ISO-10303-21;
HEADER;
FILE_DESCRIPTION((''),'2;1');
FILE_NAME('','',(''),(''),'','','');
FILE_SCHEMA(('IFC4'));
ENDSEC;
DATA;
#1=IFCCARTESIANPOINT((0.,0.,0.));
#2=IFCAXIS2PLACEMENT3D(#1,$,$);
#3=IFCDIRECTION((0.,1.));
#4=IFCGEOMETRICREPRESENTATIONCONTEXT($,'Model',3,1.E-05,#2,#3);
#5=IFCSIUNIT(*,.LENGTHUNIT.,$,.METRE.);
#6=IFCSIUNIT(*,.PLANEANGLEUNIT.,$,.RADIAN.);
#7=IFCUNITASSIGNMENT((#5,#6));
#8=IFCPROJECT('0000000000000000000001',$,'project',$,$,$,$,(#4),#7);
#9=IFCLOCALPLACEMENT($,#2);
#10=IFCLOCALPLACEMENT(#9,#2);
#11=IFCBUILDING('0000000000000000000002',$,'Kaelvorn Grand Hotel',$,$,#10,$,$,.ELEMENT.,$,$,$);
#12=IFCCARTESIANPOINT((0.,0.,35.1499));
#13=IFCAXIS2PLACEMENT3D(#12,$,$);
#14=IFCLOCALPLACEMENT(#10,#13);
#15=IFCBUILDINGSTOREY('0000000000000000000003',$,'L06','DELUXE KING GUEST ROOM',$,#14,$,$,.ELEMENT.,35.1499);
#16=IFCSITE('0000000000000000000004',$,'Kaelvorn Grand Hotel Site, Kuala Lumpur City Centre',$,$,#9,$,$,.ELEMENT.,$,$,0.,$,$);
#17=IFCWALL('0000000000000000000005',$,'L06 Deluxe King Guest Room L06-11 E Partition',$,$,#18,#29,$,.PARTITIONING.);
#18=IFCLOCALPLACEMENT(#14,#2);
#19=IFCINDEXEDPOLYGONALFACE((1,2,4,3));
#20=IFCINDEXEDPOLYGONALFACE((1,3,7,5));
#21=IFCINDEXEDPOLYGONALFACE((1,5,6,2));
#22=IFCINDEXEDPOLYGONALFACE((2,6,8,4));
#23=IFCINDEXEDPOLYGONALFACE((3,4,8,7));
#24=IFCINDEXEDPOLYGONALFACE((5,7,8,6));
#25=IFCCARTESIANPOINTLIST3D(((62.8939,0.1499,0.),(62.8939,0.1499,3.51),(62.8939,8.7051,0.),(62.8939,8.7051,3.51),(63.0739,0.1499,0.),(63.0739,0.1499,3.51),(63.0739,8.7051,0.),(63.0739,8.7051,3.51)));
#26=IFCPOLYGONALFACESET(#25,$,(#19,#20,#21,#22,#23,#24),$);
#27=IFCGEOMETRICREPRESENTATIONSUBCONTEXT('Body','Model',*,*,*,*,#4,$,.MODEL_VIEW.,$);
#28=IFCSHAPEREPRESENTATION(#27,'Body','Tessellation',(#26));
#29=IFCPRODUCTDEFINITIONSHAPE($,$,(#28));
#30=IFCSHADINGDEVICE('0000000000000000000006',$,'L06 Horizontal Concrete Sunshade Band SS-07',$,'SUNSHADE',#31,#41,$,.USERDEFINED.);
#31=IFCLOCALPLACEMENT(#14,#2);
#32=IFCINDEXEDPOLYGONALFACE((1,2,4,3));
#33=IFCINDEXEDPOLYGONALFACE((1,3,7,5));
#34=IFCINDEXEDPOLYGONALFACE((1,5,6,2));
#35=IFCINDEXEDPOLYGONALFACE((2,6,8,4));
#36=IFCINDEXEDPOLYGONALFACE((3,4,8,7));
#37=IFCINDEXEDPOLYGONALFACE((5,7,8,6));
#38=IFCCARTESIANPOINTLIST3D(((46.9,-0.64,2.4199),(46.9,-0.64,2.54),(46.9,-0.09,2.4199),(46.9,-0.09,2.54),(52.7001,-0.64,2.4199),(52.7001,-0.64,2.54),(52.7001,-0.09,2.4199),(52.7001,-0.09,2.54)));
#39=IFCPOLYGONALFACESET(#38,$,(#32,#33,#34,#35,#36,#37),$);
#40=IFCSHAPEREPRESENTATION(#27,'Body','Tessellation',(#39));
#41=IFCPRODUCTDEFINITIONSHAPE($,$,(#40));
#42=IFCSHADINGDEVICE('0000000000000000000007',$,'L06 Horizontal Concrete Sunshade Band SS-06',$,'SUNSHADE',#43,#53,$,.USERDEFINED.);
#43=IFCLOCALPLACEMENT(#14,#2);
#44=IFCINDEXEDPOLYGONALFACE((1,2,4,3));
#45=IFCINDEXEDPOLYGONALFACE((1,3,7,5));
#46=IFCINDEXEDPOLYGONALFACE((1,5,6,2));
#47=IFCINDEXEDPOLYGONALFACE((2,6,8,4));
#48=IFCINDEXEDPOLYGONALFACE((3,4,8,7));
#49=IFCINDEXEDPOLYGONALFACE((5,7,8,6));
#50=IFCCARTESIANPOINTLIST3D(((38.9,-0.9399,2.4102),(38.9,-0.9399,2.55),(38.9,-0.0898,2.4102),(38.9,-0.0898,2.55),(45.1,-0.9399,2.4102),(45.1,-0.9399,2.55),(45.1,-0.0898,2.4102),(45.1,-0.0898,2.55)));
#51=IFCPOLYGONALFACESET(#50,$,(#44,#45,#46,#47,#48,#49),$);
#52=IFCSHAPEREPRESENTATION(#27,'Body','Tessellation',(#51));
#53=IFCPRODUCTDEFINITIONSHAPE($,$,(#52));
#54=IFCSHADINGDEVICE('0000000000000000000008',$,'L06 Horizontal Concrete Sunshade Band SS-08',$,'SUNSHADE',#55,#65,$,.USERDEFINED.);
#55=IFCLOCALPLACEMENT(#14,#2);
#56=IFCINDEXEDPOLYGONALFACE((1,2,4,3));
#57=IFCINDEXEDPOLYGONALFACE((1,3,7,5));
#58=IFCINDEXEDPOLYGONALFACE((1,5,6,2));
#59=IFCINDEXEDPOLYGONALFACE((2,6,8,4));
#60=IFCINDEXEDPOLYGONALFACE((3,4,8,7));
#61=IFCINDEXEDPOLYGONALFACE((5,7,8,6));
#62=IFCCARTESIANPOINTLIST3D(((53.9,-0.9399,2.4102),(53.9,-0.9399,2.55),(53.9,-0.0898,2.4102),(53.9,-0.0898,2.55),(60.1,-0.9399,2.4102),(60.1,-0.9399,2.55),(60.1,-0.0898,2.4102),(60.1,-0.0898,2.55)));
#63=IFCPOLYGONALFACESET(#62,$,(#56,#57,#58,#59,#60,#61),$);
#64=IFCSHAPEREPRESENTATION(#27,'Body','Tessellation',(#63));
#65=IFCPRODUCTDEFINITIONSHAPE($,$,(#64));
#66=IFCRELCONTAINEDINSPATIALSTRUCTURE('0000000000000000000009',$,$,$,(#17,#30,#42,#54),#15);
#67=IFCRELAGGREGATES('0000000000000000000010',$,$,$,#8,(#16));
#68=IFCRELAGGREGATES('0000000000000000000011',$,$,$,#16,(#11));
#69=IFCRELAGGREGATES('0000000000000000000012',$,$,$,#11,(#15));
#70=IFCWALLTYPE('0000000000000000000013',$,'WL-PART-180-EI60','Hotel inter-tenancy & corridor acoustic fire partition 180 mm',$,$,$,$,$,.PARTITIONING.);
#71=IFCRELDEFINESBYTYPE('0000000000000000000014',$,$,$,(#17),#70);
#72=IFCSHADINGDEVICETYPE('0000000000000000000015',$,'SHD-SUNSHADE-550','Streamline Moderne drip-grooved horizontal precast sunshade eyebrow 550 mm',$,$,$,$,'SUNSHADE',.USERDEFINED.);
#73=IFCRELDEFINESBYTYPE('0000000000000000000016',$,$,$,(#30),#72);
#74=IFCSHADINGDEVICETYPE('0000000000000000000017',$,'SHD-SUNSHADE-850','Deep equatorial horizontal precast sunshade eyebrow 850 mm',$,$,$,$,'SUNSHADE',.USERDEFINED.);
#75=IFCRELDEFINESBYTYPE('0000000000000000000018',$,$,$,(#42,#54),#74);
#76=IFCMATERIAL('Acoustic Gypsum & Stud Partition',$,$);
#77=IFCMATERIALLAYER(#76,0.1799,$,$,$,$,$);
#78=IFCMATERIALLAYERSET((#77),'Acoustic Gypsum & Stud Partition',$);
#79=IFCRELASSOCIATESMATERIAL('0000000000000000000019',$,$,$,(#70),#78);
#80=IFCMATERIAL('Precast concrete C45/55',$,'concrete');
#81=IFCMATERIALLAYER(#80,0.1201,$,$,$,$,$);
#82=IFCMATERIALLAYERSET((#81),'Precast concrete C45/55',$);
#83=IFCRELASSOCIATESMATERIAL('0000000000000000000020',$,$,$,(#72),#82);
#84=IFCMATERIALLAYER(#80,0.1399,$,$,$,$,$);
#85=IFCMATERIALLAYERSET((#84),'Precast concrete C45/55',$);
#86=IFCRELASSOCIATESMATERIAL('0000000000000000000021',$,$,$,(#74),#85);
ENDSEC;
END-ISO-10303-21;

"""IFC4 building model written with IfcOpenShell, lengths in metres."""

from ifc_helpers import new_model, si_unit, direction, frame, frame_2d, origin, origin_2d, place, context, subcontext, project, spatial, rectangle, extrude, material, layer, layer_set, type_object, element, save


model = new_model("IFC4")

# Units and contexts
model_context = context("Model", 3, precision=1e-05, world=origin(), true_north=direction((0.0, 1.0)))
body_context = subcontext(model_context, "Body", "Model", "MODEL_VIEW")
ifc_project = project(units=[si_unit("LENGTHUNIT", "METRE"), si_unit("PLANEANGLEUNIT", "RADIAN")], contexts=[model_context])

# Site, building, storey
site_placement = place(None, origin())
site = spatial("IfcSite", under=ifc_project, at=site_placement, Name="Kaelvorn Grand Hotel Site, Kuala Lumpur City Centre", CompositionType="ELEMENT", RefElevation=0.0)
building_placement = place(site_placement, origin())
building = spatial("IfcBuilding", under=site, at=building_placement, Name="Kaelvorn Grand Hotel", CompositionType="ELEMENT")
storey_placement = place(building_placement, frame((0.0, 0.0, 35.1499)))
storey = spatial("IfcBuildingStorey", under=building, at=storey_placement, Name="L06", Description="DELUXE KING GUEST ROOM", CompositionType="ELEMENT", Elevation=35.1499)

# Wall
ifc_material_1 = material(Name="Acoustic Gypsum & Stud Partition")
ifc_layer_1 = layer(ifc_material_1, 0.1799)
ifc_layer_set_1 = layer_set([ifc_layer_1], Name="Acoustic Gypsum & Stud Partition")
wall_type_1 = type_object("IfcWallType", Name="WL-PART-180-EI60", Description="Hotel inter-tenancy & corridor acoustic fire partition 180 mm", PredefinedType="PARTITIONING", material=ifc_layer_set_1)
for number, where, z_axis, x_axis, name in (
    (1, (62.9839, 0.1499, 0.0), (0.0, 0.0, 1.0), (0.0, 1.0, 0.0), "L06 Deluxe King Guest Room L06-11 E Partition"),
):
    element("IfcWall", number, at=place(storey_placement, frame(where, z_axis=z_axis, x_axis=x_axis)), inside=storey, type_object=wall_type_1, Name=name, PredefinedType="PARTITIONING", context=body_context, shape_type="SweptSolid", body=[
        extrude(rectangle(XDim=8.5552, YDim=0.1799, at=frame_2d((4.2776, 0.0))), origin(), (0.0, 0.0, 1.0), 3.51),
    ])

# Shading devices
ifc_material_2 = material(Name="Precast concrete C45/55", Category="concrete")
ifc_layer_2 = layer(ifc_material_2, 0.1201)
ifc_layer_set_2 = layer_set([ifc_layer_2], Name="Precast concrete C45/55")
shading_device_type_1 = type_object("IfcShadingDeviceType", Name="SHD-SUNSHADE-550", Description="Streamline Moderne drip-grooved horizontal precast sunshade eyebrow 550 mm", ElementType="SUNSHADE", PredefinedType="USERDEFINED", material=ifc_layer_set_2)
shading_device_placement = place(storey_placement, frame((49.8, -0.365, 2.4199), z_axis=(0.0, 0.0, 1.0), x_axis=(1.0, 0.0, 0.0)))
element("IfcShadingDevice", 2, at=shading_device_placement, inside=storey, type_object=shading_device_type_1, Name="L06 Horizontal Concrete Sunshade Band SS-07", ObjectType="SUNSHADE", PredefinedType="USERDEFINED", context=body_context, shape_type="SweptSolid", body=[
    extrude(rectangle(XDim=5.8, YDim=0.55, at=origin_2d()), origin(), (0.0, 0.0, 1.0), 0.1201),
])
ifc_layer_3 = layer(ifc_material_2, 0.1399)
ifc_layer_set_3 = layer_set([ifc_layer_3], Name="Precast concrete C45/55")
shading_device_type_2 = type_object("IfcShadingDeviceType", Name="SHD-SUNSHADE-850", Description="Deep equatorial horizontal precast sunshade eyebrow 850 mm", ElementType="SUNSHADE", PredefinedType="USERDEFINED", material=ifc_layer_set_3)
for number, where, z_axis, x_axis, name in (
    (3, (42.0, -0.5149, 2.4102), (0.0, 0.0, 1.0), (1.0, 0.0, 0.0), "L06 Horizontal Concrete Sunshade Band SS-06"),
    (4, (57.0, -0.5149, 2.4102), (0.0, 0.0, 1.0), (1.0, 0.0, 0.0), "L06 Horizontal Concrete Sunshade Band SS-08"),
):
    element("IfcShadingDevice", number, at=place(storey_placement, frame(where, z_axis=z_axis, x_axis=x_axis)), inside=storey, type_object=shading_device_type_2, Name=name, ObjectType="SUNSHADE", PredefinedType="USERDEFINED", context=body_context, shape_type="SweptSolid", body=[
        extrude(rectangle(XDim=6.2, YDim=0.8501, at=origin_2d()), origin(), (0.0, 0.0, 1.0), 0.1399),
    ])

save(model, "model.ifc")
